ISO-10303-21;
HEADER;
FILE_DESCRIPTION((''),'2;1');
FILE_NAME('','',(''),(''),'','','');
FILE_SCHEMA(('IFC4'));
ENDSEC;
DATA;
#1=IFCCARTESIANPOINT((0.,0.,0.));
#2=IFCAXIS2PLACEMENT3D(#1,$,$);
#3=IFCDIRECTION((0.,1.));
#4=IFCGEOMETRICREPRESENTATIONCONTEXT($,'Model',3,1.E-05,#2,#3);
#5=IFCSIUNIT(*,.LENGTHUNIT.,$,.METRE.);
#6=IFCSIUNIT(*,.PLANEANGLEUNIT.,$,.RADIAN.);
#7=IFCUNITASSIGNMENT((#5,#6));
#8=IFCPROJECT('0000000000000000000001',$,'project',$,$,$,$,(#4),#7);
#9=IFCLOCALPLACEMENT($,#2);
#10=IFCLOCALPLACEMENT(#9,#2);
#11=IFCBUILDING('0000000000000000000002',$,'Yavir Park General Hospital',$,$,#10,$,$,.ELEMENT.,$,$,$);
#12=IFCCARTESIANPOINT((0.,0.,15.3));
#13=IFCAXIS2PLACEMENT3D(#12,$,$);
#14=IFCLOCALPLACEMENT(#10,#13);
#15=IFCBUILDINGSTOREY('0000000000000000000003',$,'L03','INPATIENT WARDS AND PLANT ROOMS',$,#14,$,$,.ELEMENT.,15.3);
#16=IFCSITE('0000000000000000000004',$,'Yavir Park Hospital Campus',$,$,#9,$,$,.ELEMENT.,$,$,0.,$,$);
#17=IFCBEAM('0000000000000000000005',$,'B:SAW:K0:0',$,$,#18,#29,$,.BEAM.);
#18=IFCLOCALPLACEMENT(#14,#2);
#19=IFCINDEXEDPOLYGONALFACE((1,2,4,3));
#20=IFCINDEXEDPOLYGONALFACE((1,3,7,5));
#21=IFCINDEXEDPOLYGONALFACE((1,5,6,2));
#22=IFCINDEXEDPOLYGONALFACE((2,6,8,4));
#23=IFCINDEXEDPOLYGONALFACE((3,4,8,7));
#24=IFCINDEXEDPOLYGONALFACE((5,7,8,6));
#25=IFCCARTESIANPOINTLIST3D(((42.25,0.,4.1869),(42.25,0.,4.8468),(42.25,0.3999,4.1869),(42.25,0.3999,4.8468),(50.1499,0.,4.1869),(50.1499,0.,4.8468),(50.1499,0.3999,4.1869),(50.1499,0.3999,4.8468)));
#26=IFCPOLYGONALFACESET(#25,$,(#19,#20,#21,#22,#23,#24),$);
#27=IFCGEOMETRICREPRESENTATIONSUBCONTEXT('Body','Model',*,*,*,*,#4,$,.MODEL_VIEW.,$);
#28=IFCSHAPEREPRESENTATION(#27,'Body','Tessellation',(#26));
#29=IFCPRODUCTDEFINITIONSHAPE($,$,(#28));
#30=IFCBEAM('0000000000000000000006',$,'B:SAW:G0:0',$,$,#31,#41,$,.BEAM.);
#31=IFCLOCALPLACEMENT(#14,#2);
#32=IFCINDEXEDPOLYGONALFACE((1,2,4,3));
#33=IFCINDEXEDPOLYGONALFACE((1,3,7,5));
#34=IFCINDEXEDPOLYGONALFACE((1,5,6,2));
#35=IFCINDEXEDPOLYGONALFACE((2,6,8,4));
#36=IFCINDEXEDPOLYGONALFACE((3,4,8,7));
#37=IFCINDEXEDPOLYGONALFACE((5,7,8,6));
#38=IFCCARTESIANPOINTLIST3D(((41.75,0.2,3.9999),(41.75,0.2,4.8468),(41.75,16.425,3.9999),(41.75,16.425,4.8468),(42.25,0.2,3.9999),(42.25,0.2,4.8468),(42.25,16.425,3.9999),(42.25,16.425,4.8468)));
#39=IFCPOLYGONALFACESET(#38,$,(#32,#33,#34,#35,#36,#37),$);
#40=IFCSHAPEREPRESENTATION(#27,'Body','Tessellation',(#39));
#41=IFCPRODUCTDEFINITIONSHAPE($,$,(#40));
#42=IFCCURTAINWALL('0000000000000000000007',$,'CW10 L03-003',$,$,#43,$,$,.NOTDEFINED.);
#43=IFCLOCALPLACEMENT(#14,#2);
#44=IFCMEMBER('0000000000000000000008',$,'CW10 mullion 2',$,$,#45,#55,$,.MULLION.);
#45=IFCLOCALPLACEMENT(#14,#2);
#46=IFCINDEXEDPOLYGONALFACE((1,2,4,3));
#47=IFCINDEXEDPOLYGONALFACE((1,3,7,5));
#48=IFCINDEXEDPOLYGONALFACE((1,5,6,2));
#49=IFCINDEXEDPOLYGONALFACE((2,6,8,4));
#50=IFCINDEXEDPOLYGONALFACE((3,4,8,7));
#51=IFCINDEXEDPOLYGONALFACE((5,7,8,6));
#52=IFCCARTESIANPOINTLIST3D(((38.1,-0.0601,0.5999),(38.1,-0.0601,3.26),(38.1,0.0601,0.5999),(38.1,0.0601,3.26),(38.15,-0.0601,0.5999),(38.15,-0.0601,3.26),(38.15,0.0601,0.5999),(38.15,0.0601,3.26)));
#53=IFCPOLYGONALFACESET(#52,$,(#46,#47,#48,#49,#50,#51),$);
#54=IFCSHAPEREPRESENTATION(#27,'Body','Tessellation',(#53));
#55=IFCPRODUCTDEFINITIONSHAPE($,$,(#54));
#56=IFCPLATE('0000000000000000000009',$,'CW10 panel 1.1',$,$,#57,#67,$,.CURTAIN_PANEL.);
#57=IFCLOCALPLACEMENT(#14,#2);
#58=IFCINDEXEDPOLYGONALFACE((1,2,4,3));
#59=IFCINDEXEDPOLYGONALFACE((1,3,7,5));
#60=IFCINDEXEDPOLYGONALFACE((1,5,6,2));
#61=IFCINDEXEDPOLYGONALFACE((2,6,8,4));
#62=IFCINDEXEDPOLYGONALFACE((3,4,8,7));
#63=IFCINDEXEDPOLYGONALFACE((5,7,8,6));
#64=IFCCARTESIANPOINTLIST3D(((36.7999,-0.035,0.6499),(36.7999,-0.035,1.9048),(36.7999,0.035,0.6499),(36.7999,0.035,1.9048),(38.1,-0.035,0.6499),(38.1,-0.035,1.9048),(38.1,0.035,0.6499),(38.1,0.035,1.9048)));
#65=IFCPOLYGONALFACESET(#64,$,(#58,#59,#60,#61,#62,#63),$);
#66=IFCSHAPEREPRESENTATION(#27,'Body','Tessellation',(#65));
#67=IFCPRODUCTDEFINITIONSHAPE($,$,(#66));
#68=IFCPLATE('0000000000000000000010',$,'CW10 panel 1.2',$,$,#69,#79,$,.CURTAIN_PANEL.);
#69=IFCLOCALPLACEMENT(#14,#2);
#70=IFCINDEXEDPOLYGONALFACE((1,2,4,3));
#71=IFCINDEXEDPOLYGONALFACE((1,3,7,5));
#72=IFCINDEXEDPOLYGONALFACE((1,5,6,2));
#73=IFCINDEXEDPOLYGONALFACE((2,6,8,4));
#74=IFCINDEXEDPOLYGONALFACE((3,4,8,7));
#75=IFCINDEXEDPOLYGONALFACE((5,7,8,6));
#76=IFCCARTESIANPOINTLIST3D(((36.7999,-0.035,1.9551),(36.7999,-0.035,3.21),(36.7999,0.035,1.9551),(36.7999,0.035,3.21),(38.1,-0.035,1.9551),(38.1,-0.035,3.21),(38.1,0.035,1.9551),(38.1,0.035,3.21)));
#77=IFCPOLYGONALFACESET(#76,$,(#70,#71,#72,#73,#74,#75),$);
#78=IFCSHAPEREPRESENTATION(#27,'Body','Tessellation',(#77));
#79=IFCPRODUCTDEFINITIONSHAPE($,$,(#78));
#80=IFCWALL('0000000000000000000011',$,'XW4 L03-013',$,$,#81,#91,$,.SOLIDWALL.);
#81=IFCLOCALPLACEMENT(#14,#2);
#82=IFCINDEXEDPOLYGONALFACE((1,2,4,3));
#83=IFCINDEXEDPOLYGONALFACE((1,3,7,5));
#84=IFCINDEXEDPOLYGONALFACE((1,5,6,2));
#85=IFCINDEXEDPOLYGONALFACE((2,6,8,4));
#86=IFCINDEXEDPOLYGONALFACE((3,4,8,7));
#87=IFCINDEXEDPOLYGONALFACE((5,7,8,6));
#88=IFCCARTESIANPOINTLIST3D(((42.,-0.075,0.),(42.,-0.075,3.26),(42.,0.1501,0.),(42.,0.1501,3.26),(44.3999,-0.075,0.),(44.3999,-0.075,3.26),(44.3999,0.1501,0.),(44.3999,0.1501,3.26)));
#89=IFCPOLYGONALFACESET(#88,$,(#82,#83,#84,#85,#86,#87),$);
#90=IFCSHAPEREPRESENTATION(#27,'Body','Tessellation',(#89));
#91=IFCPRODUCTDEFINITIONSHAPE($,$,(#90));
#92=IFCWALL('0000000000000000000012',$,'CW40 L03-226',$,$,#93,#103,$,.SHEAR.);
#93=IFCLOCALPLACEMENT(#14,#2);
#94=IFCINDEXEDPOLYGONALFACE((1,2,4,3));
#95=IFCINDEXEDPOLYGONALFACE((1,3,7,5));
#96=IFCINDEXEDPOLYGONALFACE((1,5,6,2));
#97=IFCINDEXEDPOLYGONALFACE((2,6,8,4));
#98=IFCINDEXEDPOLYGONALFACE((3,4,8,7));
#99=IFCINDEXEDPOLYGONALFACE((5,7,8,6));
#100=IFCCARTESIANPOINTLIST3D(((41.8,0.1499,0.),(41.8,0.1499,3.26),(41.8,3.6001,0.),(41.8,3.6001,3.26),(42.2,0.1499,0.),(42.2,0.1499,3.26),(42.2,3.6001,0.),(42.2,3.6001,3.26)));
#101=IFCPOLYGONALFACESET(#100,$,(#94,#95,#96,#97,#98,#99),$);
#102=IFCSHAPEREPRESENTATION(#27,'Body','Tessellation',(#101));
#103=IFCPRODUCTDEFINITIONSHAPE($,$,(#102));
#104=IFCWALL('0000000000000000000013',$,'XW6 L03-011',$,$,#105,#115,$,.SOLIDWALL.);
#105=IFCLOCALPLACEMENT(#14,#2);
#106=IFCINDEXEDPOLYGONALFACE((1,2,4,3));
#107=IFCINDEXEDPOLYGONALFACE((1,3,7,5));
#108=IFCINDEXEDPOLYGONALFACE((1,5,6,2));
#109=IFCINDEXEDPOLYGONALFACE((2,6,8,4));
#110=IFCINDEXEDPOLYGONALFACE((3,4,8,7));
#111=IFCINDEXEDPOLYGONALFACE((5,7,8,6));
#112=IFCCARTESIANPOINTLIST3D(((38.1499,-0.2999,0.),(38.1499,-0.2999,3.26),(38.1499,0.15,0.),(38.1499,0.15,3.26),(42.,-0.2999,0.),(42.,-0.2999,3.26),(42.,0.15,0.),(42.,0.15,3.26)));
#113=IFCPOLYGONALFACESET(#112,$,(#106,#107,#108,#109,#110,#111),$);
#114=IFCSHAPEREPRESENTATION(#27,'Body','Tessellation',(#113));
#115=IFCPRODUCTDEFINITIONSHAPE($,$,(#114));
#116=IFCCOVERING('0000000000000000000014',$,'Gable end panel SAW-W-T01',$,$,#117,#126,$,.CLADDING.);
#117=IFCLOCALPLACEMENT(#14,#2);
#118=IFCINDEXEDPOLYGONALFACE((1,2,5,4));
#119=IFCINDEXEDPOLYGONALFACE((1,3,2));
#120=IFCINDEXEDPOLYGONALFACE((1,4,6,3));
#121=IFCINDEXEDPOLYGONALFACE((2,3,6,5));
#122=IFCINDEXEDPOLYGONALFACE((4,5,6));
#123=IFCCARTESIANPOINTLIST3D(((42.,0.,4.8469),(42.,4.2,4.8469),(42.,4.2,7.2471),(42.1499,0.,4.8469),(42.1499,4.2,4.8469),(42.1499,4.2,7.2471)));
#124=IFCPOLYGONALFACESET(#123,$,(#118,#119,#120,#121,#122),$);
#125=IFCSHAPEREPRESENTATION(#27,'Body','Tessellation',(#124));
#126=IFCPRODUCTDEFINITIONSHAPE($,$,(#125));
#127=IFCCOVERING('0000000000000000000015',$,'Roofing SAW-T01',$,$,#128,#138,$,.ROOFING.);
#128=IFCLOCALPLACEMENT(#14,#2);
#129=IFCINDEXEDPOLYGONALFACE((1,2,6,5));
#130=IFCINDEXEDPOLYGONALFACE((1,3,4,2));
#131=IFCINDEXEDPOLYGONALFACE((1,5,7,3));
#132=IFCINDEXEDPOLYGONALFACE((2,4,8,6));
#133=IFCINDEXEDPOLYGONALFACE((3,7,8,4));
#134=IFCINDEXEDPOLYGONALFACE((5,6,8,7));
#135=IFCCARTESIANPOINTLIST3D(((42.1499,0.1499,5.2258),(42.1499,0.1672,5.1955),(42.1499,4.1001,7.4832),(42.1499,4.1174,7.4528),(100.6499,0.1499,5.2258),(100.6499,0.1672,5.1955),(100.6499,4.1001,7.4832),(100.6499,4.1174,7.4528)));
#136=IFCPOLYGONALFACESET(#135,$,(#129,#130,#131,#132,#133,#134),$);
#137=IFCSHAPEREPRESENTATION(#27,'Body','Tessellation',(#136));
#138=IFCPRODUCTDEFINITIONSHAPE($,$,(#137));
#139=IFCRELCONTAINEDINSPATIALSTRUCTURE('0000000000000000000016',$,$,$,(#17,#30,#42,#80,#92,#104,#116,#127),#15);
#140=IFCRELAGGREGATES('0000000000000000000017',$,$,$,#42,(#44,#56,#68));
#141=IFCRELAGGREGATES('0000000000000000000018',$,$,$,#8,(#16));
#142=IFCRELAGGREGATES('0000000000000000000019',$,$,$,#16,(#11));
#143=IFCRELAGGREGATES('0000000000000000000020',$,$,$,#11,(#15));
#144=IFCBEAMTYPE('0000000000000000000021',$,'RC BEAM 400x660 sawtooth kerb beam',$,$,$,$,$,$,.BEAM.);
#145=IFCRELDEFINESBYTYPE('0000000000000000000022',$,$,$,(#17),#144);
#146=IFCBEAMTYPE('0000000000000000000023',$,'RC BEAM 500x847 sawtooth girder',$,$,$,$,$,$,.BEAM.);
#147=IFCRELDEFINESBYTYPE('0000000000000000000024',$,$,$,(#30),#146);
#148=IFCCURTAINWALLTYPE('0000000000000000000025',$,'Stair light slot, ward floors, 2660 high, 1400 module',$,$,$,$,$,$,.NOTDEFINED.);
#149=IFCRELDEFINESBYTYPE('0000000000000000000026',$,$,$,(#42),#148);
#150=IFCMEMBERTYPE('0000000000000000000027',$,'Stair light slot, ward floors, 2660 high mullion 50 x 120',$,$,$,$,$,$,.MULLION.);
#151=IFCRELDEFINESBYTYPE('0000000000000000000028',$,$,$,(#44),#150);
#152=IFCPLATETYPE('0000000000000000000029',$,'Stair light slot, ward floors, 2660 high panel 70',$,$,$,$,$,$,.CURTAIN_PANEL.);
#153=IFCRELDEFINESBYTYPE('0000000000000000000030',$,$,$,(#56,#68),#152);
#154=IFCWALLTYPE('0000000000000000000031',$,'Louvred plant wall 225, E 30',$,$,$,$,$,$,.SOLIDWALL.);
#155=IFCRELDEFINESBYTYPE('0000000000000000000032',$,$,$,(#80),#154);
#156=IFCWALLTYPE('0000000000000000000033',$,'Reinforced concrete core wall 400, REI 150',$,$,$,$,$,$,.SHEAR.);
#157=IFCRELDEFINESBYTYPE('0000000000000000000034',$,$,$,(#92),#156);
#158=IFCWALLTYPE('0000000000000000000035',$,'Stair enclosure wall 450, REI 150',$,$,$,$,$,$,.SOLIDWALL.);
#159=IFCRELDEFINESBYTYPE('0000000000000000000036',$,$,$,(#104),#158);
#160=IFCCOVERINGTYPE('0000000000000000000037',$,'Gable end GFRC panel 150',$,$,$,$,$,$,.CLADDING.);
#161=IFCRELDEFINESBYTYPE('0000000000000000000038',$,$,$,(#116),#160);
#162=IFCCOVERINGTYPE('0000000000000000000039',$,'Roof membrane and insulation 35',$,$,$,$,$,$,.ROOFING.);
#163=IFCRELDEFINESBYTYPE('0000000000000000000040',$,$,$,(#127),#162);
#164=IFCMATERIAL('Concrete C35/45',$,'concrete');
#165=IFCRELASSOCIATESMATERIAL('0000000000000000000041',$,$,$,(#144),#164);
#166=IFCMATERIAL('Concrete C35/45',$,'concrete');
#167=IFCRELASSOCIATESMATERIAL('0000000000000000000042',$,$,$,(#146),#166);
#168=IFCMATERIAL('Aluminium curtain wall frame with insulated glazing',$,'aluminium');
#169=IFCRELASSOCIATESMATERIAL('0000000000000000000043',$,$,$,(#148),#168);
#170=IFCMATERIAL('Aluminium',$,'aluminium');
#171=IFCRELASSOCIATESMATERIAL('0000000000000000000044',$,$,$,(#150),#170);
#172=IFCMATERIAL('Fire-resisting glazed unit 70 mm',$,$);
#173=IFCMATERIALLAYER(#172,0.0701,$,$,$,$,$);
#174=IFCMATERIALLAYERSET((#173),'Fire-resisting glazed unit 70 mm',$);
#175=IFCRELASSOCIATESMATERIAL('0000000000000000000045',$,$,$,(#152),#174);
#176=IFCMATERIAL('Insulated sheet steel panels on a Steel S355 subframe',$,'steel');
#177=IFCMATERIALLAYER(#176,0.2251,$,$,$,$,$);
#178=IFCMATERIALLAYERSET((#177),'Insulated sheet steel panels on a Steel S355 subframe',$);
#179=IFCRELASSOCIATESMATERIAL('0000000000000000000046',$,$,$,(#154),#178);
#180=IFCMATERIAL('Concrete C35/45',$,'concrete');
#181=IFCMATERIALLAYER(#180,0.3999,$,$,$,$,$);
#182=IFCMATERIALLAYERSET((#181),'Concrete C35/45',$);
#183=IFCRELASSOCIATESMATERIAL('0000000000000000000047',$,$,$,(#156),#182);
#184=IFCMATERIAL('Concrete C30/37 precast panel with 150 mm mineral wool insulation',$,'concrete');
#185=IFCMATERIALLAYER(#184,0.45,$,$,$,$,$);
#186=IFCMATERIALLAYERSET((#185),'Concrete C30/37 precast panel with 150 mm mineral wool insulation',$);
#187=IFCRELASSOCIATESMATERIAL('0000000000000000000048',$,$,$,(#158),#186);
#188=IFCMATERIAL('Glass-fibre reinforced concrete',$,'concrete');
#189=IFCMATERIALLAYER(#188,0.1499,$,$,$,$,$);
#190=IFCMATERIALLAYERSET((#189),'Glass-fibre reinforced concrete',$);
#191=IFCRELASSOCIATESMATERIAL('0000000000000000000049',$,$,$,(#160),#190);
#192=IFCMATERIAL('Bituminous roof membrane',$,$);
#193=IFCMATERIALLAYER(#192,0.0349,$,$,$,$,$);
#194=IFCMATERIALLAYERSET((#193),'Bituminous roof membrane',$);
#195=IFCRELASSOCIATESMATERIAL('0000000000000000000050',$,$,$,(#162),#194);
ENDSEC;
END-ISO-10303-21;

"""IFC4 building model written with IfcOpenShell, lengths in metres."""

from ifc_helpers import new_model, si_unit, direction, frame, frame_2d, origin, origin_2d, place, context, subcontext, project, spatial, polyline, rectangle, outline, extrude, material, layer, layer_set, material_profile, profile_set, type_object, element, aggregate, save


model = new_model("IFC4")

# Units and contexts
model_context = context("Model", 3, precision=1e-05, world=origin(), true_north=direction((0.0, 1.0)))
body_context = subcontext(model_context, "Body", "Model", "MODEL_VIEW")
ifc_project = project(units=[si_unit("LENGTHUNIT", "METRE"), si_unit("PLANEANGLEUNIT", "RADIAN")], contexts=[model_context])

# Site, building, storey
site_placement = place(None, origin())
site = spatial("IfcSite", under=ifc_project, at=site_placement, Name="Yavir Park Hospital Campus", CompositionType="ELEMENT", RefElevation=0.0)
building_placement = place(site_placement, origin())
building = spatial("IfcBuilding", under=site, at=building_placement, Name="Yavir Park General Hospital", CompositionType="ELEMENT")
storey_placement = place(building_placement, frame((0.0, 0.0, 15.3)))
storey = spatial("IfcBuildingStorey", under=building, at=storey_placement, Name="L03", Description="INPATIENT WARDS AND PLANT ROOMS", CompositionType="ELEMENT", Elevation=15.3)

# Beams
ifc_material_1 = material(Name="Concrete C35/45", Category="concrete")
ifc_material_profile_1 = material_profile(ifc_material_1, rectangle(XDim=0.3999, YDim=0.6599, at=origin_2d()), Name="RC400x660")
ifc_profile_set_1 = profile_set([ifc_material_profile_1], Name="Concrete C35/45")
beam_type_1 = type_object("IfcBeamType", Name="RC BEAM 400x660 sawtooth kerb beam", PredefinedType="BEAM", material=ifc_profile_set_1)
beam_1_placement = place(storey_placement, frame((42.25, 0.2, 4.5168), z_axis=(1.0, 0.0, 0.0), x_axis=(0.0, 1.0, 0.0)))
element("IfcBeam", 1, at=beam_1_placement, inside=storey, type_object=beam_type_1, Name="B:SAW:K0:0", PredefinedType="BEAM", context=body_context, shape_type="SweptSolid", body=[
    extrude(rectangle(XDim=0.3999, YDim=0.6599, at=origin_2d()), origin(), (0.0, 0.0, 1.0), 7.8999),
])
ifc_material_2 = material(Name="Concrete C35/45", Category="concrete")
ifc_material_profile_2 = material_profile(ifc_material_2, rectangle(XDim=0.5, YDim=0.8469, at=origin_2d()), Name="RC500x847")
ifc_profile_set_2 = profile_set([ifc_material_profile_2], Name="Concrete C35/45")
beam_type_2 = type_object("IfcBeamType", Name="RC BEAM 500x847 sawtooth girder", PredefinedType="BEAM", material=ifc_profile_set_2)
beam_2_placement = place(storey_placement, frame((42.0, 0.2, 4.4233), z_axis=(0.0, 1.0, 0.0), x_axis=(-1.0, 0.0, 0.0)))
element("IfcBeam", 2, at=beam_2_placement, inside=storey, type_object=beam_type_2, Name="B:SAW:G0:0", PredefinedType="BEAM", context=body_context, shape_type="SweptSolid", body=[
    extrude(rectangle(XDim=0.5, YDim=0.8469, at=origin_2d()), origin(), (0.0, 0.0, 1.0), 16.2251),
])

# Curtain wall, member, plates
ifc_material_3 = material(Name="Aluminium curtain wall frame with insulated glazing", Category="aluminium")
curtain_wall_type = type_object("IfcCurtainWallType", Name="Stair light slot, ward floors, 2660 high, 1400 module", PredefinedType="NOTDEFINED", material=ifc_material_3)
curtain_wall_placement = place(storey_placement, origin())
curtain_wall = element("IfcCurtainWall", 3, at=curtain_wall_placement, inside=storey, type_object=curtain_wall_type, Name="CW10 L03-003", PredefinedType="NOTDEFINED")
ifc_material_4 = material(Name="Aluminium", Category="aluminium")
ifc_material_profile_3 = material_profile(ifc_material_4, rectangle(XDim=0.1201, YDim=0.05, at=origin_2d()), Name="AL 50x120")
ifc_profile_set_3 = profile_set([ifc_material_profile_3], Name="Aluminium")
member_type = type_object("IfcMemberType", Name="Stair light slot, ward floors, 2660 high mullion 50 x 120", PredefinedType="MULLION", material=ifc_profile_set_3)
member_placement = place(storey_placement, frame((38.125, 0.0, 0.5999), z_axis=(0.0, 0.0, 1.0), x_axis=(0.0, 1.0, 0.0)))
member = element("IfcMember", 4, at=member_placement, type_object=member_type, Name="CW10 mullion 2", PredefinedType="MULLION", context=body_context, shape_type="SweptSolid", body=[
    extrude(rectangle(XDim=0.1201, YDim=0.05, at=origin_2d()), origin(), (0.0, 0.0, 1.0), 2.6602),
])
ifc_material_5 = material(Name="Fire-resisting glazed unit 70 mm")
ifc_layer_1 = layer(ifc_material_5, 0.0701)
ifc_layer_set_1 = layer_set([ifc_layer_1], Name="Fire-resisting glazed unit 70 mm")
plate_type = type_object("IfcPlateType", Name="Stair light slot, ward floors, 2660 high panel 70", PredefinedType="CURTAIN_PANEL", material=ifc_layer_set_1)
plate_1_placement = place(storey_placement, frame((37.45, 0.0, 0.6499), z_axis=(0.0, 0.0, 1.0), x_axis=(1.0, 0.0, 0.0)))
plate_1 = element("IfcPlate", 5, at=plate_1_placement, type_object=plate_type, Name="CW10 panel 1.1", PredefinedType="CURTAIN_PANEL", context=body_context, shape_type="SweptSolid", body=[
    extrude(rectangle(XDim=1.3, YDim=0.0701, at=origin_2d()), origin(), (0.0, 0.0, 1.0), 1.2549),
])
plate_2_placement = place(storey_placement, frame((37.45, 0.0, 1.9551), z_axis=(0.0, 0.0, 1.0), x_axis=(1.0, 0.0, 0.0)))
plate_2 = element("IfcPlate", 6, at=plate_2_placement, type_object=plate_type, Name="CW10 panel 1.2", PredefinedType="CURTAIN_PANEL", context=body_context, shape_type="SweptSolid", body=[
    extrude(rectangle(XDim=1.3, YDim=0.0701, at=origin_2d()), origin(), (0.0, 0.0, 1.0), 1.2549),
])
aggregate(curtain_wall, [member, plate_1, plate_2])

# Walls
ifc_material_6 = material(Name="Insulated sheet steel panels on a Steel S355 subframe", Category="steel")
ifc_layer_2 = layer(ifc_material_6, 0.2251)
ifc_layer_set_2 = layer_set([ifc_layer_2], Name="Insulated sheet steel panels on a Steel S355 subframe")
wall_type_1 = type_object("IfcWallType", Name="Louvred plant wall 225, E 30", PredefinedType="SOLIDWALL", material=ifc_layer_set_2)
wall_1_placement = place(storey_placement, frame((42.0, 0.0376, 0.0), z_axis=(0.0, 0.0, 1.0), x_axis=(1.0, 0.0, 0.0)))
element("IfcWall", 7, at=wall_1_placement, inside=storey, type_object=wall_type_1, Name="XW4 L03-013", PredefinedType="SOLIDWALL", context=body_context, shape_type="SweptSolid", body=[
    extrude(rectangle(XDim=2.3999, YDim=0.2251, at=frame_2d((1.2, 0.0))), origin(), (0.0, 0.0, 1.0), 3.26),
])
ifc_material_7 = material(Name="Concrete C35/45", Category="concrete")
ifc_layer_3 = layer(ifc_material_7, 0.3999)
ifc_layer_set_3 = layer_set([ifc_layer_3], Name="Concrete C35/45")
wall_type_2 = type_object("IfcWallType", Name="Reinforced concrete core wall 400, REI 150", PredefinedType="SHEAR", material=ifc_layer_set_3)
wall_2_placement = place(storey_placement, frame((42.0, 0.1499, 0.0), z_axis=(0.0, 0.0, 1.0), x_axis=(0.0, 1.0, 0.0)))
element("IfcWall", 8, at=wall_2_placement, inside=storey, type_object=wall_type_2, Name="CW40 L03-226", PredefinedType="SHEAR", context=body_context, shape_type="SweptSolid", body=[
    extrude(rectangle(XDim=3.4502, YDim=0.3999, at=frame_2d((1.7251, 0.0))), origin(), (0.0, 0.0, 1.0), 3.26),
])
ifc_material_8 = material(Name="Concrete C30/37 precast panel with 150 mm mineral wool insulation", Category="concrete")
ifc_layer_4 = layer(ifc_material_8, 0.45)
ifc_layer_set_4 = layer_set([ifc_layer_4], Name="Concrete C30/37 precast panel with 150 mm mineral wool insulation")
wall_type_3 = type_object("IfcWallType", Name="Stair enclosure wall 450, REI 150", PredefinedType="SOLIDWALL", material=ifc_layer_set_4)
wall_3_placement = place(storey_placement, frame((38.1499, -0.075, 0.0), z_axis=(0.0, 0.0, 1.0), x_axis=(1.0, 0.0, 0.0)))
element("IfcWall", 9, at=wall_3_placement, inside=storey, type_object=wall_type_3, Name="XW6 L03-011", PredefinedType="SOLIDWALL", context=body_context, shape_type="SweptSolid", body=[
    extrude(rectangle(XDim=3.8501, YDim=0.45, at=frame_2d((1.925, 0.0))), origin(), (0.0, 0.0, 1.0), 3.26),
])

# Coverings
ifc_material_9 = material(Name="Glass-fibre reinforced concrete", Category="concrete")
ifc_layer_5 = layer(ifc_material_9, 0.1499)
ifc_layer_set_5 = layer_set([ifc_layer_5], Name="Glass-fibre reinforced concrete")
covering_type_1 = type_object("IfcCoveringType", Name="Gable end GFRC panel 150", PredefinedType="CLADDING", material=ifc_layer_set_5)
covering_1_placement = place(storey_placement, frame((42.0, 0.0, 4.8469), z_axis=(-1.0, 0.0, 0.0), x_axis=(0.0, 1.0, 0.0)))
element("IfcCovering", 10, at=covering_1_placement, inside=storey, type_object=covering_type_1, Name="Gable end panel SAW-W-T01", PredefinedType="CLADDING", context=body_context, shape_type="SweptSolid", body=[
    extrude(outline(polyline([(0.0, 0.0), (4.2, 0.0), (4.2, -2.4001), (0.0, 0.0)])), origin(), (0.0, 0.0, -1.0), 0.1499),
])
ifc_material_10 = material(Name="Bituminous roof membrane")
ifc_layer_6 = layer(ifc_material_10, 0.0349)
ifc_layer_set_6 = layer_set([ifc_layer_6], Name="Bituminous roof membrane")
covering_type_2 = type_object("IfcCoveringType", Name="Roof membrane and insulation 35", PredefinedType="ROOFING", material=ifc_layer_set_6)
covering_2_placement = place(storey_placement, frame((42.1499, 0.1499, 5.2258), z_axis=(0.0, -0.49615, 0.868237), x_axis=(1.0, 0.0, 0.0)))
element("IfcCovering", 11, at=covering_2_placement, inside=storey, type_object=covering_type_2, Name="Roofing SAW-T01", PredefinedType="ROOFING", context=body_context, shape_type="SweptSolid", body=[
    extrude(outline(polyline([(0.0, 0.0), (58.5, 0.0), (58.5, 4.5497), (0.0, 4.5497), (0.0, 0.0)])), origin(), (0.0, 0.0, -1.0), 0.0349),
])

save(model, "model.ifc")
